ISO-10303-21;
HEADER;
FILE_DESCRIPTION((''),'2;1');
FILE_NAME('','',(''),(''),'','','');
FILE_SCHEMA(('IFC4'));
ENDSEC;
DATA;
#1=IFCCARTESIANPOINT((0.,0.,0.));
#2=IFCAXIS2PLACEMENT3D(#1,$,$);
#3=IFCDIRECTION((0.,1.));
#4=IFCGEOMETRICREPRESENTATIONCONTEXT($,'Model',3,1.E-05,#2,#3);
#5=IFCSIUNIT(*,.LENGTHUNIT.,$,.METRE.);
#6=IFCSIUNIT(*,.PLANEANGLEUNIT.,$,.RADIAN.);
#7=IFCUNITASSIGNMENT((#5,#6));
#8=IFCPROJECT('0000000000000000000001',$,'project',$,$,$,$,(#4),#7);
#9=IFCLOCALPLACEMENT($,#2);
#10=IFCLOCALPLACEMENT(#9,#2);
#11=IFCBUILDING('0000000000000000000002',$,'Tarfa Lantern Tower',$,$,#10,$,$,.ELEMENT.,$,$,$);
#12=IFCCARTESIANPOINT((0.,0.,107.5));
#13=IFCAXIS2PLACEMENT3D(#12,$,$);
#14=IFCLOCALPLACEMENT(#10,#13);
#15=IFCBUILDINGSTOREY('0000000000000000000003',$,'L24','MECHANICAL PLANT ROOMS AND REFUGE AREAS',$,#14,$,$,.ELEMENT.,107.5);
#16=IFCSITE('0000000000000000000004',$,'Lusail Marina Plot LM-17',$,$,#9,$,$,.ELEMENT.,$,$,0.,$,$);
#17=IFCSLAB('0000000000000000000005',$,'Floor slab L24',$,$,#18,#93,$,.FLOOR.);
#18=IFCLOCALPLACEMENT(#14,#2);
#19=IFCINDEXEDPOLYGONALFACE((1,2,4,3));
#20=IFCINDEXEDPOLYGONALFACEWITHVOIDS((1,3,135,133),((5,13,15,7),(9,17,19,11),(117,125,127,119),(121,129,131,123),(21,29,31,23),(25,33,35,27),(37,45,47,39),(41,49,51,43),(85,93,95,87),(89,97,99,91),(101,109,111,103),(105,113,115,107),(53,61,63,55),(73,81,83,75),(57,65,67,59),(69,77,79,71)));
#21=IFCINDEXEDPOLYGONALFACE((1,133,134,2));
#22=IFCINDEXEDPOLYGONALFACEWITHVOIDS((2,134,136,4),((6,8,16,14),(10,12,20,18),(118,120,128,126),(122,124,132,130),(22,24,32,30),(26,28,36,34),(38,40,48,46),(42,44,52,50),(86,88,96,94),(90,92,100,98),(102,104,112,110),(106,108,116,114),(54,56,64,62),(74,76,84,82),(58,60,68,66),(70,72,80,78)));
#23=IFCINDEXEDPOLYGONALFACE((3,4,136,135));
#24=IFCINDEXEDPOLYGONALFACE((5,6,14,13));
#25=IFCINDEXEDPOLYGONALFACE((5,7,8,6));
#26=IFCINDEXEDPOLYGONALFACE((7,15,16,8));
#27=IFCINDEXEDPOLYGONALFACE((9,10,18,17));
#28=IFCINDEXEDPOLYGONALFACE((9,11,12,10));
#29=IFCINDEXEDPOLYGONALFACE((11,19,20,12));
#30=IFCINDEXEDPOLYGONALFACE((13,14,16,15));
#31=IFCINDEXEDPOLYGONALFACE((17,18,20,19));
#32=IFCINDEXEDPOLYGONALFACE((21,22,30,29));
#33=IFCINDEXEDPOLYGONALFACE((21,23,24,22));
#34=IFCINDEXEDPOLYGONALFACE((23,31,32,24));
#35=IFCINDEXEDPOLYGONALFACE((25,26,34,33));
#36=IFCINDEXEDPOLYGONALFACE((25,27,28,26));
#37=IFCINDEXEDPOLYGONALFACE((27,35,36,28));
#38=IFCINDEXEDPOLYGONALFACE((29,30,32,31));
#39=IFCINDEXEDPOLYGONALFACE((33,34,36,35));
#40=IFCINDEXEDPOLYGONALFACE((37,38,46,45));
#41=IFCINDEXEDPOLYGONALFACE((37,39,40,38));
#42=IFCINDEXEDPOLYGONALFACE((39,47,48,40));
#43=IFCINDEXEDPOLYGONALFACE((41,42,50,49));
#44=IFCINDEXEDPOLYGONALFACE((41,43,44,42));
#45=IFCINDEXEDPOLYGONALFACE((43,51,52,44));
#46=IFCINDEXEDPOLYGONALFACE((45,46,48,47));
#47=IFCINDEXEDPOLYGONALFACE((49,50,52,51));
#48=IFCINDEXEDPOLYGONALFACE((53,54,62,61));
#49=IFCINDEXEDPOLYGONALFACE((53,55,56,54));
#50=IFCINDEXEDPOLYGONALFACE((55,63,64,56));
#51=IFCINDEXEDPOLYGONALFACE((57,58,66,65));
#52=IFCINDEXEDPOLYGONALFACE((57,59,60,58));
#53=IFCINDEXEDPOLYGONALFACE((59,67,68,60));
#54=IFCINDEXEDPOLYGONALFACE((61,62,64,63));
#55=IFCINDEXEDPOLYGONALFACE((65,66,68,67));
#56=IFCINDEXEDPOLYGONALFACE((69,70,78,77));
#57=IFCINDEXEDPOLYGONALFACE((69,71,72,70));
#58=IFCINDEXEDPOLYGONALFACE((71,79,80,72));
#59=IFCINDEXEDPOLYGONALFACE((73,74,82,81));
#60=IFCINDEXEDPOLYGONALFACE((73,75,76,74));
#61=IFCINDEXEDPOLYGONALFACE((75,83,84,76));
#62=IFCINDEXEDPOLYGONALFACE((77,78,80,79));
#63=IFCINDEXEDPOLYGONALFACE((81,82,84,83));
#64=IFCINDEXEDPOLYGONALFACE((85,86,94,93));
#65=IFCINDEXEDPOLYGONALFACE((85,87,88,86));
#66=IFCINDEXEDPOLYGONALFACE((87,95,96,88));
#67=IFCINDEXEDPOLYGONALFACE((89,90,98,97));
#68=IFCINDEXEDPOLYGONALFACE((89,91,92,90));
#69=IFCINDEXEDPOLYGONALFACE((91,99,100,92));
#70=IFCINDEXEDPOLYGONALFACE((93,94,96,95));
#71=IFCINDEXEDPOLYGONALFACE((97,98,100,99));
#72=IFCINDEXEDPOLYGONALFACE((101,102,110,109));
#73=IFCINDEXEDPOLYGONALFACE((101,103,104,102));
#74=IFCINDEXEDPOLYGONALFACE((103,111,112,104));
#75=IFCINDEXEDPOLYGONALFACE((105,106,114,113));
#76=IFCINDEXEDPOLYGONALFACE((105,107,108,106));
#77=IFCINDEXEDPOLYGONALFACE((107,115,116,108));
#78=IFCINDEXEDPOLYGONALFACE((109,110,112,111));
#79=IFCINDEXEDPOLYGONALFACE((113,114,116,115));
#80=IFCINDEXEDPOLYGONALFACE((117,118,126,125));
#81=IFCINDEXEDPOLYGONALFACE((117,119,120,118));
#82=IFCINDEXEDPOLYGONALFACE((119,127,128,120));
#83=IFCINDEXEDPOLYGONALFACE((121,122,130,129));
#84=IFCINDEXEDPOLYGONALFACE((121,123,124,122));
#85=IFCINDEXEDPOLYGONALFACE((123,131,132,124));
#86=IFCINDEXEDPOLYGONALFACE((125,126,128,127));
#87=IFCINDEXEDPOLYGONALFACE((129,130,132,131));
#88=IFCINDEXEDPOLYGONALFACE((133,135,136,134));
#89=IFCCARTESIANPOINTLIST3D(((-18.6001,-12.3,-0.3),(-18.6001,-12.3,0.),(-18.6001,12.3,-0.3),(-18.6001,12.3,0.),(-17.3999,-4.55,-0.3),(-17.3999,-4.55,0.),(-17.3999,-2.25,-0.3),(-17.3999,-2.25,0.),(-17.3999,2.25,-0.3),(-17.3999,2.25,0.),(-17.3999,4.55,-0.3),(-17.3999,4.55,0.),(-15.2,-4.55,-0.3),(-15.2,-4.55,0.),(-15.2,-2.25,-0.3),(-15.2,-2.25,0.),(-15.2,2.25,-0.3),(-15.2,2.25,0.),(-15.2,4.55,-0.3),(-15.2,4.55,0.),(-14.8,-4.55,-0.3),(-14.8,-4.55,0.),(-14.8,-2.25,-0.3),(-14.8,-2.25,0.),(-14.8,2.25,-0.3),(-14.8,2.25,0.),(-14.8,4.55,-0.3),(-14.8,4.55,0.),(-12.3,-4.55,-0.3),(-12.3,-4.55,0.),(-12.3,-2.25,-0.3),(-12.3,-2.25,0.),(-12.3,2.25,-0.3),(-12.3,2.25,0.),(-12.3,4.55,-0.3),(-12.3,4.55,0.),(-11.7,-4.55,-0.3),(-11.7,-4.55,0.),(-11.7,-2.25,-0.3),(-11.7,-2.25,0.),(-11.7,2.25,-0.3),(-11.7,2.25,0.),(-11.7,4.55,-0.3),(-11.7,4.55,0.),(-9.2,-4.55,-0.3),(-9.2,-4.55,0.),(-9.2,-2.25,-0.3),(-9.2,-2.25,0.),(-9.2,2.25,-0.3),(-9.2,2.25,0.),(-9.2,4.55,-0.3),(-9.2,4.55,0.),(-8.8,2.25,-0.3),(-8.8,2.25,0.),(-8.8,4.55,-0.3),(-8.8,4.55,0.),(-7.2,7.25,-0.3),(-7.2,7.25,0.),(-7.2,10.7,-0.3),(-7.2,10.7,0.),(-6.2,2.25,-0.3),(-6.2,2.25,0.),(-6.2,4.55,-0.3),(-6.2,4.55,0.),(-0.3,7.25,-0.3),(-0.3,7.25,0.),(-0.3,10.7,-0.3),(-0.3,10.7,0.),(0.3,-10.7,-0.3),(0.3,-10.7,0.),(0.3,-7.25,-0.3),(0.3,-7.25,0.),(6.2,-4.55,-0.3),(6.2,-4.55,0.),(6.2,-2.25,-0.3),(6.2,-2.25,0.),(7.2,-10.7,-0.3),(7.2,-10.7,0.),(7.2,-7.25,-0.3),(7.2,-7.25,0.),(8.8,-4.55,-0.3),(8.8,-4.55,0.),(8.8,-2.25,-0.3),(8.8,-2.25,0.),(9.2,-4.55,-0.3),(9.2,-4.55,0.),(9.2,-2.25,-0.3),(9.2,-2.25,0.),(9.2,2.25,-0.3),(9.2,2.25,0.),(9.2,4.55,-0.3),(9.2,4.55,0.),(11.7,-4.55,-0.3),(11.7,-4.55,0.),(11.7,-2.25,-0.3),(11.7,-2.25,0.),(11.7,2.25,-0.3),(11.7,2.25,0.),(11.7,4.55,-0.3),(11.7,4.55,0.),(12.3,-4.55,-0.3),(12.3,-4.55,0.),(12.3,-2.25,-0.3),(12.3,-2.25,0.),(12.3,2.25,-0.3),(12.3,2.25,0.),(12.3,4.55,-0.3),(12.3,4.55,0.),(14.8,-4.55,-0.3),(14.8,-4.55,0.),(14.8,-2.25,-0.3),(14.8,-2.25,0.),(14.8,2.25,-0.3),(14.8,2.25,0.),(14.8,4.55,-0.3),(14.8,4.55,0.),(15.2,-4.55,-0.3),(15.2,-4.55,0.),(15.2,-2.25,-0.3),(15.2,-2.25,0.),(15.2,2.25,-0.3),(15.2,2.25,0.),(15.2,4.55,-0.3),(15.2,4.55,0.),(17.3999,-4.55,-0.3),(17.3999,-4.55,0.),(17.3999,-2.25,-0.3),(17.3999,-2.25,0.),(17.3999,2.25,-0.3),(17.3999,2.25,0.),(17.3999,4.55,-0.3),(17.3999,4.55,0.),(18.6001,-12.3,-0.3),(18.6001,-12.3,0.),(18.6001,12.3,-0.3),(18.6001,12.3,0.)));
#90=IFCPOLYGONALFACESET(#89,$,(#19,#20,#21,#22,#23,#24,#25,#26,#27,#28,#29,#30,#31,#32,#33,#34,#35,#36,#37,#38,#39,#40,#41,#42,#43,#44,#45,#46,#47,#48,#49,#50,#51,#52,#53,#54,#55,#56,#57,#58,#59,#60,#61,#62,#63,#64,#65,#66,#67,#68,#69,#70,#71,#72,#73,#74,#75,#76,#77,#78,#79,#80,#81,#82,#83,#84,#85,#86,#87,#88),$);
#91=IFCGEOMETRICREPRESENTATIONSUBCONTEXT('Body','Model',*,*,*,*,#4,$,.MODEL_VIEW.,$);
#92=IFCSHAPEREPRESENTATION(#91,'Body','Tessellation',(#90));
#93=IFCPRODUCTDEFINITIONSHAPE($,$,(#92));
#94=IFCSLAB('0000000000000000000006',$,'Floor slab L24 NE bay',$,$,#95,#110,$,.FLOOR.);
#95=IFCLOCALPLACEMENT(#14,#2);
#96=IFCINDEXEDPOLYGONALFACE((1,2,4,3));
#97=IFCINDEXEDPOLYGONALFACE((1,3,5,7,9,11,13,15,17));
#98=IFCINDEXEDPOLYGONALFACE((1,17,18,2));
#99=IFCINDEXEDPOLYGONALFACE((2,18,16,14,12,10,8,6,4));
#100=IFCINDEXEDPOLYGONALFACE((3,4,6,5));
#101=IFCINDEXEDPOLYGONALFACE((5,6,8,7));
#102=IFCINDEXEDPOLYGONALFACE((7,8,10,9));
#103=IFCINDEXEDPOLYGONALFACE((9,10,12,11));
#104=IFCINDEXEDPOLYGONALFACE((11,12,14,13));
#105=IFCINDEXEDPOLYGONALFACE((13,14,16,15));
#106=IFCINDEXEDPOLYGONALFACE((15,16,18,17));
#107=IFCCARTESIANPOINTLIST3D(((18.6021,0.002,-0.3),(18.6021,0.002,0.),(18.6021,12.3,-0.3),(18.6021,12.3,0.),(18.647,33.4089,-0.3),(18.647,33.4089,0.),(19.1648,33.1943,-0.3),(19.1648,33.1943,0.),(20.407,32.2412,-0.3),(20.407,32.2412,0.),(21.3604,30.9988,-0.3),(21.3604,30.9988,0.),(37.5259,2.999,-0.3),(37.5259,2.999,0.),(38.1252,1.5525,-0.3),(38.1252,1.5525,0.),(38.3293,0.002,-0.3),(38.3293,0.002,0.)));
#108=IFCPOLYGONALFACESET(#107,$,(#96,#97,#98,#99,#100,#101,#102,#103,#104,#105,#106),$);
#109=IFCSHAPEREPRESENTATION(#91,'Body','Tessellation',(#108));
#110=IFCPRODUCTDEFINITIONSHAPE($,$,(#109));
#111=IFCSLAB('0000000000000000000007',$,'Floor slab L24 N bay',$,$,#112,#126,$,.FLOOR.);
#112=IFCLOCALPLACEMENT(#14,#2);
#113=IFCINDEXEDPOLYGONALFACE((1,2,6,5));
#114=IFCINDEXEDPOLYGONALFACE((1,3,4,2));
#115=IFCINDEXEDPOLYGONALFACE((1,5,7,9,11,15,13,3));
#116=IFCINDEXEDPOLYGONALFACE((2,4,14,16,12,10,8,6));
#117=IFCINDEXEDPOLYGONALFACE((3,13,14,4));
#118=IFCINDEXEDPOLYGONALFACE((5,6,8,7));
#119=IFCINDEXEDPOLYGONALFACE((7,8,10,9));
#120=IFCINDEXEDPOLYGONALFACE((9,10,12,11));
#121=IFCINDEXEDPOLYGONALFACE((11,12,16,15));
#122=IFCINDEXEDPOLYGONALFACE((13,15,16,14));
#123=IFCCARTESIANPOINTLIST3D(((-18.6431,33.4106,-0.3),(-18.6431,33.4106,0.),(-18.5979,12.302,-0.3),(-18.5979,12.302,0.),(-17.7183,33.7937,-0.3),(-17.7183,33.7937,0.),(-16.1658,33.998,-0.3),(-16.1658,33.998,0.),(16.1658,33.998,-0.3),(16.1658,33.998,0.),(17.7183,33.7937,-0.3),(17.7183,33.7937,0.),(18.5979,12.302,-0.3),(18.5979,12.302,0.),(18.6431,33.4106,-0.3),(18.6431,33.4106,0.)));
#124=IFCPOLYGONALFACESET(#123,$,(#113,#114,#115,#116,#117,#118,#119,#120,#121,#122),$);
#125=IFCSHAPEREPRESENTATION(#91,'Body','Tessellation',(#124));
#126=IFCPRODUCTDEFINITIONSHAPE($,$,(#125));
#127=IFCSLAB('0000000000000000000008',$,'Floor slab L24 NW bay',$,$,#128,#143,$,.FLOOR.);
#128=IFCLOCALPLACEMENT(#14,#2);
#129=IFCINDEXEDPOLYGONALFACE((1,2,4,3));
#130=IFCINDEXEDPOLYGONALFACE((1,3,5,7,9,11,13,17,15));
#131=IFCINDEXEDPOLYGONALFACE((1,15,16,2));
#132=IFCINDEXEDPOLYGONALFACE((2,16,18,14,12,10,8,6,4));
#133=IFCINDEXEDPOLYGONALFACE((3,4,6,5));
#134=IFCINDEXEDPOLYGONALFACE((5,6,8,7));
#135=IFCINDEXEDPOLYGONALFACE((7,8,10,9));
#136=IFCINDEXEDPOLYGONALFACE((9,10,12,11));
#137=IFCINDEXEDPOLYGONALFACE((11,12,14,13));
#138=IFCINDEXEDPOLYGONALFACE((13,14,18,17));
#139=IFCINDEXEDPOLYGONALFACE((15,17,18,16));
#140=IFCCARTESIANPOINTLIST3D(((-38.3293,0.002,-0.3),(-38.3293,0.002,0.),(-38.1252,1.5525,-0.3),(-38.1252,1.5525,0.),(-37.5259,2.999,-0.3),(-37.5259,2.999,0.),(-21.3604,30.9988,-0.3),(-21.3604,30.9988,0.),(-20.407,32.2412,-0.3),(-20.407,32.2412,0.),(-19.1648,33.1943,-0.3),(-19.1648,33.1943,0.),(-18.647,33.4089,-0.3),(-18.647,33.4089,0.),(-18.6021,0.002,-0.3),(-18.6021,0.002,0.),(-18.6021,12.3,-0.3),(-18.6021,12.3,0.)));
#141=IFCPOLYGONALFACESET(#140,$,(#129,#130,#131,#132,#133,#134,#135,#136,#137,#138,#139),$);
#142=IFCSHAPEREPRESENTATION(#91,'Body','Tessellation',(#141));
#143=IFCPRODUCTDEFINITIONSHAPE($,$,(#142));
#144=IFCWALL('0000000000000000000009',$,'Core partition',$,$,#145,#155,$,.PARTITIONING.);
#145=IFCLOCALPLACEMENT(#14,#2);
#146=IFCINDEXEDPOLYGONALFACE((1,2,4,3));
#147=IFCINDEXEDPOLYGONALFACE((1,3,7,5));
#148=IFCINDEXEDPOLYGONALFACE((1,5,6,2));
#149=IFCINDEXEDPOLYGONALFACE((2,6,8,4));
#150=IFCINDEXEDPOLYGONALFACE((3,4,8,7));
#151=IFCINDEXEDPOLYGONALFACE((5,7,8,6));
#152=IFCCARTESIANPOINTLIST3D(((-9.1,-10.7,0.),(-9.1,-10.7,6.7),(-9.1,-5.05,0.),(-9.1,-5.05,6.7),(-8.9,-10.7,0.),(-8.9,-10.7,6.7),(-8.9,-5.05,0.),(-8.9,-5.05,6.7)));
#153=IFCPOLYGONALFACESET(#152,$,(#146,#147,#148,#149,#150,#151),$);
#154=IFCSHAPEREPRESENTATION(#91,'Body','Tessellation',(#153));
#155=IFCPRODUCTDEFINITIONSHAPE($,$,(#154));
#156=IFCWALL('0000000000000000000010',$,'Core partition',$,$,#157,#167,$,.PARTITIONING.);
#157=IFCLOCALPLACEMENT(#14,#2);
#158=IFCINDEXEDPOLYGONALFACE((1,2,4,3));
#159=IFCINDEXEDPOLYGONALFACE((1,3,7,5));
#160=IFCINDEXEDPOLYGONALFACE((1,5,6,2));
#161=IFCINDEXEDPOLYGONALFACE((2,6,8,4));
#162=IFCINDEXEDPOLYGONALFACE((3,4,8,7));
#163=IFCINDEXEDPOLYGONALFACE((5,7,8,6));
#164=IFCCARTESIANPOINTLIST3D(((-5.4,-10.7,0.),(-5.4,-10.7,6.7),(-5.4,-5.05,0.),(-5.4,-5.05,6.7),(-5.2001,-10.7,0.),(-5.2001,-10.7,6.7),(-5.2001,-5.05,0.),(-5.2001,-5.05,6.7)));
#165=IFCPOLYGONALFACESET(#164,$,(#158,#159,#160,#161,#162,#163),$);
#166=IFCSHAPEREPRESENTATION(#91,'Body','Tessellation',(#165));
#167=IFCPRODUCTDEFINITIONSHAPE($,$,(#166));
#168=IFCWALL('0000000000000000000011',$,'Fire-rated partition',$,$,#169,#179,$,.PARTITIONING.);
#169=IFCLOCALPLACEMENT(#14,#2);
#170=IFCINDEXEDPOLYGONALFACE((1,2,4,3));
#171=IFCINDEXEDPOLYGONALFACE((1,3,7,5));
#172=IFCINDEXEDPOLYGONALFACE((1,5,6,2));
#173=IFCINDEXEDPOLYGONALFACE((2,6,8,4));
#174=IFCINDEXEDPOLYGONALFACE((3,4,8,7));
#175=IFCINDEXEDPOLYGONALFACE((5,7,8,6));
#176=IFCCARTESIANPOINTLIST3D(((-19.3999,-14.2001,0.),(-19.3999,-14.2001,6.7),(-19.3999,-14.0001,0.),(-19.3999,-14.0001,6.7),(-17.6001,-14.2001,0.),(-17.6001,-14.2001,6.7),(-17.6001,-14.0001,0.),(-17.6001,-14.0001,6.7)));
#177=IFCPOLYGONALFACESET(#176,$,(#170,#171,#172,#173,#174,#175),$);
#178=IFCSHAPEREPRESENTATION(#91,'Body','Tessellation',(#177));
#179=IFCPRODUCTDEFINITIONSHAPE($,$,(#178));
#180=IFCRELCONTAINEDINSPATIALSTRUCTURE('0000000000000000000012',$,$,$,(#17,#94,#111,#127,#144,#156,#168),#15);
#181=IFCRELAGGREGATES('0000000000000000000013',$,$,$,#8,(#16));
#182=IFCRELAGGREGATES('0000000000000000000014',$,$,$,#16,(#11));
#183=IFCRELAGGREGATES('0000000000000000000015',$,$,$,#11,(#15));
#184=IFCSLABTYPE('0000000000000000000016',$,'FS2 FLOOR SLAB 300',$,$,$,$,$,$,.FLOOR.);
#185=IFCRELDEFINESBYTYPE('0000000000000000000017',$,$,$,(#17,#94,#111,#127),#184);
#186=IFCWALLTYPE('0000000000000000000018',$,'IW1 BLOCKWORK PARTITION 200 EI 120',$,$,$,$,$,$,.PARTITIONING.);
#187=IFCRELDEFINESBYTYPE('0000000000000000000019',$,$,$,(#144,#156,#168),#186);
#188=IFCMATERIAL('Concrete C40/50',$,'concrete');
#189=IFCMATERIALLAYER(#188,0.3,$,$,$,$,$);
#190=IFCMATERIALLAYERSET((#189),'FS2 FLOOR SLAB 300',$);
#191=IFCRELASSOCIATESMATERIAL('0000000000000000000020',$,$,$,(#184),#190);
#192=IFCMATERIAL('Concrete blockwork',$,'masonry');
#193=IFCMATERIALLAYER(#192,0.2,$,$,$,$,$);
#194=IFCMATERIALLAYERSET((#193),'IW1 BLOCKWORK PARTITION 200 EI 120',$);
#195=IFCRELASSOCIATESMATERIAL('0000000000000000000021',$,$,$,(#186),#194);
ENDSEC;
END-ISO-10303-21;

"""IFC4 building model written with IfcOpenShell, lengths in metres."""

from ifc_helpers import new_model, si_unit, direction, frame, frame_2d, origin, place, context, subcontext, project, spatial, polyline, rectangle, outline, extrude, material, layer, layer_set, type_object, element, save


model = new_model("IFC4")

# Units and contexts
model_context = context("Model", 3, precision=1e-05, world=origin(), true_north=direction((0.0, 1.0)))
body_context = subcontext(model_context, "Body", "Model", "MODEL_VIEW")
ifc_project = project(units=[si_unit("LENGTHUNIT", "METRE"), si_unit("PLANEANGLEUNIT", "RADIAN")], contexts=[model_context])

# Site, building, storey
site_placement = place(None, origin())
site = spatial("IfcSite", under=ifc_project, at=site_placement, Name="Lusail Marina Plot LM-17", CompositionType="ELEMENT", RefElevation=0.0)
building_placement = place(site_placement, origin())
building = spatial("IfcBuilding", under=site, at=building_placement, Name="Tarfa Lantern Tower", CompositionType="ELEMENT")
storey_placement = place(building_placement, frame((0.0, 0.0, 107.5)))
storey = spatial("IfcBuildingStorey", under=building, at=storey_placement, Name="L24", Description="MECHANICAL PLANT ROOMS AND REFUGE AREAS", CompositionType="ELEMENT", Elevation=107.5)

# Slabs
ifc_material_1 = material(Name="Concrete C40/50", Category="concrete")
ifc_layer_1 = layer(ifc_material_1, 0.3)
ifc_layer_set_1 = layer_set([ifc_layer_1], Name="FS2 FLOOR SLAB 300")
slab_type = type_object("IfcSlabType", Name="FS2 FLOOR SLAB 300", PredefinedType="FLOOR", material=ifc_layer_set_1)
slab_1_placement = place(storey_placement, frame((0.0, 0.0, -0.3)))
element("IfcSlab", 1, at=slab_1_placement, inside=storey, type_object=slab_type, Name="Floor slab L24", PredefinedType="FLOOR", context=body_context, shape_type="SweptSolid", body=[
    extrude(outline(polyline([(-18.6001, -12.3), (18.6001, -12.3), (18.6001, 12.3), (-18.6001, 12.3), (-18.6001, -12.3)]), holes=[polyline([(-17.3999, 2.25), (-15.2, 2.25), (-15.2, 4.55), (-17.3999, 4.55), (-17.3999, 2.25)]), polyline([(-14.8, 2.25), (-12.3, 2.25), (-12.3, 4.55), (-14.8, 4.55), (-14.8, 2.25)]), polyline([(-11.7, 2.25), (-9.2, 2.25), (-9.2, 4.55), (-11.7, 4.55), (-11.7, 2.25)]), polyline([(-8.8, 2.25), (-6.2, 2.25), (-6.2, 4.55), (-8.8, 4.55), (-8.8, 2.25)]), polyline([(9.2, 2.25), (11.7, 2.25), (11.7, 4.55), (9.2, 4.55), (9.2, 2.25)]), polyline([(12.3, 2.25), (14.8, 2.25), (14.8, 4.55), (12.3, 4.55), (12.3, 2.25)]), polyline([(15.2, 2.25), (17.3999, 2.25), (17.3999, 4.55), (15.2, 4.55), (15.2, 2.25)]), polyline([(17.3999, -2.25), (15.2, -2.25), (15.2, -4.55), (17.3999, -4.55), (17.3999, -2.25)]), polyline([(14.8, -2.25), (12.3, -2.25), (12.3, -4.55), (14.8, -4.55), (14.8, -2.25)]), polyline([(11.7, -2.25), (9.2, -2.25), (9.2, -4.55), (11.7, -4.55), (11.7, -2.25)]), polyline([(8.8, -2.25), (6.2, -2.25), (6.2, -4.55), (8.8, -4.55), (8.8, -2.25)]), polyline([(-9.2, -2.25), (-11.7, -2.25), (-11.7, -4.55), (-9.2, -4.55), (-9.2, -2.25)]), polyline([(-12.3, -2.25), (-14.8, -2.25), (-14.8, -4.55), (-12.3, -4.55), (-12.3, -2.25)]), polyline([(-15.2, -2.25), (-17.3999, -2.25), (-17.3999, -4.55), (-15.2, -4.55), (-15.2, -2.25)]), polyline([(-7.2, 7.25), (-0.3, 7.25), (-0.3, 10.7), (-7.2, 10.7), (-7.2, 7.25)]), polyline([(7.2, -7.25), (0.3, -7.25), (0.3, -10.7), (7.2, -10.7), (7.2, -7.25)])]), origin(), (0.0, 0.0, 1.0), 0.3),
])
slab_2_placement = place(storey_placement, frame((0.0, 0.0, -0.3)))
element("IfcSlab", 2, at=slab_2_placement, inside=storey, type_object=slab_type, Name="Floor slab L24 NE bay", PredefinedType="FLOOR", context=body_context, shape_type="SweptSolid", body=[
    extrude(outline(polyline([(37.5259, 2.999), (21.3604, 30.9988), (20.407, 32.2412), (19.1648, 33.1943), (18.647, 33.4089), (18.6021, 12.3), (18.6021, 0.002), (38.3293, 0.002), (38.1252, 1.5525), (37.5259, 2.999)])), origin(), (0.0, 0.0, 1.0), 0.3),
])
slab_3_placement = place(storey_placement, frame((0.0, 0.0, -0.3)))
element("IfcSlab", 3, at=slab_3_placement, inside=storey, type_object=slab_type, Name="Floor slab L24 N bay", PredefinedType="FLOOR", context=body_context, shape_type="SweptSolid", body=[
    extrude(outline(polyline([(-18.5979, 12.302), (18.5979, 12.302), (18.6431, 33.4106), (17.7183, 33.7937), (16.1658, 33.998), (-16.1658, 33.998), (-17.7183, 33.7937), (-18.6431, 33.4106), (-18.5979, 12.302)])), origin(), (0.0, 0.0, 1.0), 0.3),
])
slab_4_placement = place(storey_placement, frame((0.0, 0.0, -0.3)))
element("IfcSlab", 4, at=slab_4_placement, inside=storey, type_object=slab_type, Name="Floor slab L24 NW bay", PredefinedType="FLOOR", context=body_context, shape_type="SweptSolid", body=[
    extrude(outline(polyline([(-18.6021, 0.002), (-18.6021, 12.3), (-18.647, 33.4089), (-19.1648, 33.1943), (-20.407, 32.2412), (-21.3604, 30.9988), (-37.5259, 2.999), (-38.1252, 1.5525), (-38.3293, 0.002), (-18.6021, 0.002)])), origin(), (0.0, 0.0, 1.0), 0.3),
])

# Walls
ifc_material_2 = material(Name="Concrete blockwork", Category="masonry")
ifc_layer_2 = layer(ifc_material_2, 0.2)
ifc_layer_set_2 = layer_set([ifc_layer_2], Name="IW1 BLOCKWORK PARTITION 200 EI 120")
wall_type_1 = type_object("IfcWallType", Name="IW1 BLOCKWORK PARTITION 200 EI 120", PredefinedType="PARTITIONING", material=ifc_layer_set_2)
for number, where, z_axis, x_axis, name in (
    (5, (-9.0, -5.05, 0.0), (0.0, 0.0, 1.0), (0.0, -1.0, 0.0), "Core partition"),
    (6, (-5.3, -5.05, 0.0), (0.0, 0.0, 1.0), (0.0, -1.0, 0.0), "Core partition"),
):
    element("IfcWall", number, at=place(storey_placement, frame(where, z_axis=z_axis, x_axis=x_axis)), inside=storey, type_object=wall_type_1, Name=name, PredefinedType="PARTITIONING", context=body_context, shape_type="SweptSolid", body=[
        extrude(rectangle(XDim=5.6499, YDim=0.2, at=frame_2d((2.825, 0.0))), origin(), (0.0, 0.0, 1.0), 6.7),
    ])
wall_1_placement = place(storey_placement, frame((-17.6001, -14.1001, 0.0), z_axis=(0.0, 0.0, 1.0), x_axis=(-1.0, 0.0, 0.0)))
element("IfcWall", 7, at=wall_1_placement, inside=storey, type_object=wall_type_1, Name="Fire-rated partition", PredefinedType="PARTITIONING", context=body_context, shape_type="SweptSolid", body=[
    extrude(rectangle(XDim=1.7998, YDim=0.2, at=frame_2d((0.8999, 0.0))), origin(), (0.0, 0.0, 1.0), 6.7),
])

save(model, "model.ifc")
